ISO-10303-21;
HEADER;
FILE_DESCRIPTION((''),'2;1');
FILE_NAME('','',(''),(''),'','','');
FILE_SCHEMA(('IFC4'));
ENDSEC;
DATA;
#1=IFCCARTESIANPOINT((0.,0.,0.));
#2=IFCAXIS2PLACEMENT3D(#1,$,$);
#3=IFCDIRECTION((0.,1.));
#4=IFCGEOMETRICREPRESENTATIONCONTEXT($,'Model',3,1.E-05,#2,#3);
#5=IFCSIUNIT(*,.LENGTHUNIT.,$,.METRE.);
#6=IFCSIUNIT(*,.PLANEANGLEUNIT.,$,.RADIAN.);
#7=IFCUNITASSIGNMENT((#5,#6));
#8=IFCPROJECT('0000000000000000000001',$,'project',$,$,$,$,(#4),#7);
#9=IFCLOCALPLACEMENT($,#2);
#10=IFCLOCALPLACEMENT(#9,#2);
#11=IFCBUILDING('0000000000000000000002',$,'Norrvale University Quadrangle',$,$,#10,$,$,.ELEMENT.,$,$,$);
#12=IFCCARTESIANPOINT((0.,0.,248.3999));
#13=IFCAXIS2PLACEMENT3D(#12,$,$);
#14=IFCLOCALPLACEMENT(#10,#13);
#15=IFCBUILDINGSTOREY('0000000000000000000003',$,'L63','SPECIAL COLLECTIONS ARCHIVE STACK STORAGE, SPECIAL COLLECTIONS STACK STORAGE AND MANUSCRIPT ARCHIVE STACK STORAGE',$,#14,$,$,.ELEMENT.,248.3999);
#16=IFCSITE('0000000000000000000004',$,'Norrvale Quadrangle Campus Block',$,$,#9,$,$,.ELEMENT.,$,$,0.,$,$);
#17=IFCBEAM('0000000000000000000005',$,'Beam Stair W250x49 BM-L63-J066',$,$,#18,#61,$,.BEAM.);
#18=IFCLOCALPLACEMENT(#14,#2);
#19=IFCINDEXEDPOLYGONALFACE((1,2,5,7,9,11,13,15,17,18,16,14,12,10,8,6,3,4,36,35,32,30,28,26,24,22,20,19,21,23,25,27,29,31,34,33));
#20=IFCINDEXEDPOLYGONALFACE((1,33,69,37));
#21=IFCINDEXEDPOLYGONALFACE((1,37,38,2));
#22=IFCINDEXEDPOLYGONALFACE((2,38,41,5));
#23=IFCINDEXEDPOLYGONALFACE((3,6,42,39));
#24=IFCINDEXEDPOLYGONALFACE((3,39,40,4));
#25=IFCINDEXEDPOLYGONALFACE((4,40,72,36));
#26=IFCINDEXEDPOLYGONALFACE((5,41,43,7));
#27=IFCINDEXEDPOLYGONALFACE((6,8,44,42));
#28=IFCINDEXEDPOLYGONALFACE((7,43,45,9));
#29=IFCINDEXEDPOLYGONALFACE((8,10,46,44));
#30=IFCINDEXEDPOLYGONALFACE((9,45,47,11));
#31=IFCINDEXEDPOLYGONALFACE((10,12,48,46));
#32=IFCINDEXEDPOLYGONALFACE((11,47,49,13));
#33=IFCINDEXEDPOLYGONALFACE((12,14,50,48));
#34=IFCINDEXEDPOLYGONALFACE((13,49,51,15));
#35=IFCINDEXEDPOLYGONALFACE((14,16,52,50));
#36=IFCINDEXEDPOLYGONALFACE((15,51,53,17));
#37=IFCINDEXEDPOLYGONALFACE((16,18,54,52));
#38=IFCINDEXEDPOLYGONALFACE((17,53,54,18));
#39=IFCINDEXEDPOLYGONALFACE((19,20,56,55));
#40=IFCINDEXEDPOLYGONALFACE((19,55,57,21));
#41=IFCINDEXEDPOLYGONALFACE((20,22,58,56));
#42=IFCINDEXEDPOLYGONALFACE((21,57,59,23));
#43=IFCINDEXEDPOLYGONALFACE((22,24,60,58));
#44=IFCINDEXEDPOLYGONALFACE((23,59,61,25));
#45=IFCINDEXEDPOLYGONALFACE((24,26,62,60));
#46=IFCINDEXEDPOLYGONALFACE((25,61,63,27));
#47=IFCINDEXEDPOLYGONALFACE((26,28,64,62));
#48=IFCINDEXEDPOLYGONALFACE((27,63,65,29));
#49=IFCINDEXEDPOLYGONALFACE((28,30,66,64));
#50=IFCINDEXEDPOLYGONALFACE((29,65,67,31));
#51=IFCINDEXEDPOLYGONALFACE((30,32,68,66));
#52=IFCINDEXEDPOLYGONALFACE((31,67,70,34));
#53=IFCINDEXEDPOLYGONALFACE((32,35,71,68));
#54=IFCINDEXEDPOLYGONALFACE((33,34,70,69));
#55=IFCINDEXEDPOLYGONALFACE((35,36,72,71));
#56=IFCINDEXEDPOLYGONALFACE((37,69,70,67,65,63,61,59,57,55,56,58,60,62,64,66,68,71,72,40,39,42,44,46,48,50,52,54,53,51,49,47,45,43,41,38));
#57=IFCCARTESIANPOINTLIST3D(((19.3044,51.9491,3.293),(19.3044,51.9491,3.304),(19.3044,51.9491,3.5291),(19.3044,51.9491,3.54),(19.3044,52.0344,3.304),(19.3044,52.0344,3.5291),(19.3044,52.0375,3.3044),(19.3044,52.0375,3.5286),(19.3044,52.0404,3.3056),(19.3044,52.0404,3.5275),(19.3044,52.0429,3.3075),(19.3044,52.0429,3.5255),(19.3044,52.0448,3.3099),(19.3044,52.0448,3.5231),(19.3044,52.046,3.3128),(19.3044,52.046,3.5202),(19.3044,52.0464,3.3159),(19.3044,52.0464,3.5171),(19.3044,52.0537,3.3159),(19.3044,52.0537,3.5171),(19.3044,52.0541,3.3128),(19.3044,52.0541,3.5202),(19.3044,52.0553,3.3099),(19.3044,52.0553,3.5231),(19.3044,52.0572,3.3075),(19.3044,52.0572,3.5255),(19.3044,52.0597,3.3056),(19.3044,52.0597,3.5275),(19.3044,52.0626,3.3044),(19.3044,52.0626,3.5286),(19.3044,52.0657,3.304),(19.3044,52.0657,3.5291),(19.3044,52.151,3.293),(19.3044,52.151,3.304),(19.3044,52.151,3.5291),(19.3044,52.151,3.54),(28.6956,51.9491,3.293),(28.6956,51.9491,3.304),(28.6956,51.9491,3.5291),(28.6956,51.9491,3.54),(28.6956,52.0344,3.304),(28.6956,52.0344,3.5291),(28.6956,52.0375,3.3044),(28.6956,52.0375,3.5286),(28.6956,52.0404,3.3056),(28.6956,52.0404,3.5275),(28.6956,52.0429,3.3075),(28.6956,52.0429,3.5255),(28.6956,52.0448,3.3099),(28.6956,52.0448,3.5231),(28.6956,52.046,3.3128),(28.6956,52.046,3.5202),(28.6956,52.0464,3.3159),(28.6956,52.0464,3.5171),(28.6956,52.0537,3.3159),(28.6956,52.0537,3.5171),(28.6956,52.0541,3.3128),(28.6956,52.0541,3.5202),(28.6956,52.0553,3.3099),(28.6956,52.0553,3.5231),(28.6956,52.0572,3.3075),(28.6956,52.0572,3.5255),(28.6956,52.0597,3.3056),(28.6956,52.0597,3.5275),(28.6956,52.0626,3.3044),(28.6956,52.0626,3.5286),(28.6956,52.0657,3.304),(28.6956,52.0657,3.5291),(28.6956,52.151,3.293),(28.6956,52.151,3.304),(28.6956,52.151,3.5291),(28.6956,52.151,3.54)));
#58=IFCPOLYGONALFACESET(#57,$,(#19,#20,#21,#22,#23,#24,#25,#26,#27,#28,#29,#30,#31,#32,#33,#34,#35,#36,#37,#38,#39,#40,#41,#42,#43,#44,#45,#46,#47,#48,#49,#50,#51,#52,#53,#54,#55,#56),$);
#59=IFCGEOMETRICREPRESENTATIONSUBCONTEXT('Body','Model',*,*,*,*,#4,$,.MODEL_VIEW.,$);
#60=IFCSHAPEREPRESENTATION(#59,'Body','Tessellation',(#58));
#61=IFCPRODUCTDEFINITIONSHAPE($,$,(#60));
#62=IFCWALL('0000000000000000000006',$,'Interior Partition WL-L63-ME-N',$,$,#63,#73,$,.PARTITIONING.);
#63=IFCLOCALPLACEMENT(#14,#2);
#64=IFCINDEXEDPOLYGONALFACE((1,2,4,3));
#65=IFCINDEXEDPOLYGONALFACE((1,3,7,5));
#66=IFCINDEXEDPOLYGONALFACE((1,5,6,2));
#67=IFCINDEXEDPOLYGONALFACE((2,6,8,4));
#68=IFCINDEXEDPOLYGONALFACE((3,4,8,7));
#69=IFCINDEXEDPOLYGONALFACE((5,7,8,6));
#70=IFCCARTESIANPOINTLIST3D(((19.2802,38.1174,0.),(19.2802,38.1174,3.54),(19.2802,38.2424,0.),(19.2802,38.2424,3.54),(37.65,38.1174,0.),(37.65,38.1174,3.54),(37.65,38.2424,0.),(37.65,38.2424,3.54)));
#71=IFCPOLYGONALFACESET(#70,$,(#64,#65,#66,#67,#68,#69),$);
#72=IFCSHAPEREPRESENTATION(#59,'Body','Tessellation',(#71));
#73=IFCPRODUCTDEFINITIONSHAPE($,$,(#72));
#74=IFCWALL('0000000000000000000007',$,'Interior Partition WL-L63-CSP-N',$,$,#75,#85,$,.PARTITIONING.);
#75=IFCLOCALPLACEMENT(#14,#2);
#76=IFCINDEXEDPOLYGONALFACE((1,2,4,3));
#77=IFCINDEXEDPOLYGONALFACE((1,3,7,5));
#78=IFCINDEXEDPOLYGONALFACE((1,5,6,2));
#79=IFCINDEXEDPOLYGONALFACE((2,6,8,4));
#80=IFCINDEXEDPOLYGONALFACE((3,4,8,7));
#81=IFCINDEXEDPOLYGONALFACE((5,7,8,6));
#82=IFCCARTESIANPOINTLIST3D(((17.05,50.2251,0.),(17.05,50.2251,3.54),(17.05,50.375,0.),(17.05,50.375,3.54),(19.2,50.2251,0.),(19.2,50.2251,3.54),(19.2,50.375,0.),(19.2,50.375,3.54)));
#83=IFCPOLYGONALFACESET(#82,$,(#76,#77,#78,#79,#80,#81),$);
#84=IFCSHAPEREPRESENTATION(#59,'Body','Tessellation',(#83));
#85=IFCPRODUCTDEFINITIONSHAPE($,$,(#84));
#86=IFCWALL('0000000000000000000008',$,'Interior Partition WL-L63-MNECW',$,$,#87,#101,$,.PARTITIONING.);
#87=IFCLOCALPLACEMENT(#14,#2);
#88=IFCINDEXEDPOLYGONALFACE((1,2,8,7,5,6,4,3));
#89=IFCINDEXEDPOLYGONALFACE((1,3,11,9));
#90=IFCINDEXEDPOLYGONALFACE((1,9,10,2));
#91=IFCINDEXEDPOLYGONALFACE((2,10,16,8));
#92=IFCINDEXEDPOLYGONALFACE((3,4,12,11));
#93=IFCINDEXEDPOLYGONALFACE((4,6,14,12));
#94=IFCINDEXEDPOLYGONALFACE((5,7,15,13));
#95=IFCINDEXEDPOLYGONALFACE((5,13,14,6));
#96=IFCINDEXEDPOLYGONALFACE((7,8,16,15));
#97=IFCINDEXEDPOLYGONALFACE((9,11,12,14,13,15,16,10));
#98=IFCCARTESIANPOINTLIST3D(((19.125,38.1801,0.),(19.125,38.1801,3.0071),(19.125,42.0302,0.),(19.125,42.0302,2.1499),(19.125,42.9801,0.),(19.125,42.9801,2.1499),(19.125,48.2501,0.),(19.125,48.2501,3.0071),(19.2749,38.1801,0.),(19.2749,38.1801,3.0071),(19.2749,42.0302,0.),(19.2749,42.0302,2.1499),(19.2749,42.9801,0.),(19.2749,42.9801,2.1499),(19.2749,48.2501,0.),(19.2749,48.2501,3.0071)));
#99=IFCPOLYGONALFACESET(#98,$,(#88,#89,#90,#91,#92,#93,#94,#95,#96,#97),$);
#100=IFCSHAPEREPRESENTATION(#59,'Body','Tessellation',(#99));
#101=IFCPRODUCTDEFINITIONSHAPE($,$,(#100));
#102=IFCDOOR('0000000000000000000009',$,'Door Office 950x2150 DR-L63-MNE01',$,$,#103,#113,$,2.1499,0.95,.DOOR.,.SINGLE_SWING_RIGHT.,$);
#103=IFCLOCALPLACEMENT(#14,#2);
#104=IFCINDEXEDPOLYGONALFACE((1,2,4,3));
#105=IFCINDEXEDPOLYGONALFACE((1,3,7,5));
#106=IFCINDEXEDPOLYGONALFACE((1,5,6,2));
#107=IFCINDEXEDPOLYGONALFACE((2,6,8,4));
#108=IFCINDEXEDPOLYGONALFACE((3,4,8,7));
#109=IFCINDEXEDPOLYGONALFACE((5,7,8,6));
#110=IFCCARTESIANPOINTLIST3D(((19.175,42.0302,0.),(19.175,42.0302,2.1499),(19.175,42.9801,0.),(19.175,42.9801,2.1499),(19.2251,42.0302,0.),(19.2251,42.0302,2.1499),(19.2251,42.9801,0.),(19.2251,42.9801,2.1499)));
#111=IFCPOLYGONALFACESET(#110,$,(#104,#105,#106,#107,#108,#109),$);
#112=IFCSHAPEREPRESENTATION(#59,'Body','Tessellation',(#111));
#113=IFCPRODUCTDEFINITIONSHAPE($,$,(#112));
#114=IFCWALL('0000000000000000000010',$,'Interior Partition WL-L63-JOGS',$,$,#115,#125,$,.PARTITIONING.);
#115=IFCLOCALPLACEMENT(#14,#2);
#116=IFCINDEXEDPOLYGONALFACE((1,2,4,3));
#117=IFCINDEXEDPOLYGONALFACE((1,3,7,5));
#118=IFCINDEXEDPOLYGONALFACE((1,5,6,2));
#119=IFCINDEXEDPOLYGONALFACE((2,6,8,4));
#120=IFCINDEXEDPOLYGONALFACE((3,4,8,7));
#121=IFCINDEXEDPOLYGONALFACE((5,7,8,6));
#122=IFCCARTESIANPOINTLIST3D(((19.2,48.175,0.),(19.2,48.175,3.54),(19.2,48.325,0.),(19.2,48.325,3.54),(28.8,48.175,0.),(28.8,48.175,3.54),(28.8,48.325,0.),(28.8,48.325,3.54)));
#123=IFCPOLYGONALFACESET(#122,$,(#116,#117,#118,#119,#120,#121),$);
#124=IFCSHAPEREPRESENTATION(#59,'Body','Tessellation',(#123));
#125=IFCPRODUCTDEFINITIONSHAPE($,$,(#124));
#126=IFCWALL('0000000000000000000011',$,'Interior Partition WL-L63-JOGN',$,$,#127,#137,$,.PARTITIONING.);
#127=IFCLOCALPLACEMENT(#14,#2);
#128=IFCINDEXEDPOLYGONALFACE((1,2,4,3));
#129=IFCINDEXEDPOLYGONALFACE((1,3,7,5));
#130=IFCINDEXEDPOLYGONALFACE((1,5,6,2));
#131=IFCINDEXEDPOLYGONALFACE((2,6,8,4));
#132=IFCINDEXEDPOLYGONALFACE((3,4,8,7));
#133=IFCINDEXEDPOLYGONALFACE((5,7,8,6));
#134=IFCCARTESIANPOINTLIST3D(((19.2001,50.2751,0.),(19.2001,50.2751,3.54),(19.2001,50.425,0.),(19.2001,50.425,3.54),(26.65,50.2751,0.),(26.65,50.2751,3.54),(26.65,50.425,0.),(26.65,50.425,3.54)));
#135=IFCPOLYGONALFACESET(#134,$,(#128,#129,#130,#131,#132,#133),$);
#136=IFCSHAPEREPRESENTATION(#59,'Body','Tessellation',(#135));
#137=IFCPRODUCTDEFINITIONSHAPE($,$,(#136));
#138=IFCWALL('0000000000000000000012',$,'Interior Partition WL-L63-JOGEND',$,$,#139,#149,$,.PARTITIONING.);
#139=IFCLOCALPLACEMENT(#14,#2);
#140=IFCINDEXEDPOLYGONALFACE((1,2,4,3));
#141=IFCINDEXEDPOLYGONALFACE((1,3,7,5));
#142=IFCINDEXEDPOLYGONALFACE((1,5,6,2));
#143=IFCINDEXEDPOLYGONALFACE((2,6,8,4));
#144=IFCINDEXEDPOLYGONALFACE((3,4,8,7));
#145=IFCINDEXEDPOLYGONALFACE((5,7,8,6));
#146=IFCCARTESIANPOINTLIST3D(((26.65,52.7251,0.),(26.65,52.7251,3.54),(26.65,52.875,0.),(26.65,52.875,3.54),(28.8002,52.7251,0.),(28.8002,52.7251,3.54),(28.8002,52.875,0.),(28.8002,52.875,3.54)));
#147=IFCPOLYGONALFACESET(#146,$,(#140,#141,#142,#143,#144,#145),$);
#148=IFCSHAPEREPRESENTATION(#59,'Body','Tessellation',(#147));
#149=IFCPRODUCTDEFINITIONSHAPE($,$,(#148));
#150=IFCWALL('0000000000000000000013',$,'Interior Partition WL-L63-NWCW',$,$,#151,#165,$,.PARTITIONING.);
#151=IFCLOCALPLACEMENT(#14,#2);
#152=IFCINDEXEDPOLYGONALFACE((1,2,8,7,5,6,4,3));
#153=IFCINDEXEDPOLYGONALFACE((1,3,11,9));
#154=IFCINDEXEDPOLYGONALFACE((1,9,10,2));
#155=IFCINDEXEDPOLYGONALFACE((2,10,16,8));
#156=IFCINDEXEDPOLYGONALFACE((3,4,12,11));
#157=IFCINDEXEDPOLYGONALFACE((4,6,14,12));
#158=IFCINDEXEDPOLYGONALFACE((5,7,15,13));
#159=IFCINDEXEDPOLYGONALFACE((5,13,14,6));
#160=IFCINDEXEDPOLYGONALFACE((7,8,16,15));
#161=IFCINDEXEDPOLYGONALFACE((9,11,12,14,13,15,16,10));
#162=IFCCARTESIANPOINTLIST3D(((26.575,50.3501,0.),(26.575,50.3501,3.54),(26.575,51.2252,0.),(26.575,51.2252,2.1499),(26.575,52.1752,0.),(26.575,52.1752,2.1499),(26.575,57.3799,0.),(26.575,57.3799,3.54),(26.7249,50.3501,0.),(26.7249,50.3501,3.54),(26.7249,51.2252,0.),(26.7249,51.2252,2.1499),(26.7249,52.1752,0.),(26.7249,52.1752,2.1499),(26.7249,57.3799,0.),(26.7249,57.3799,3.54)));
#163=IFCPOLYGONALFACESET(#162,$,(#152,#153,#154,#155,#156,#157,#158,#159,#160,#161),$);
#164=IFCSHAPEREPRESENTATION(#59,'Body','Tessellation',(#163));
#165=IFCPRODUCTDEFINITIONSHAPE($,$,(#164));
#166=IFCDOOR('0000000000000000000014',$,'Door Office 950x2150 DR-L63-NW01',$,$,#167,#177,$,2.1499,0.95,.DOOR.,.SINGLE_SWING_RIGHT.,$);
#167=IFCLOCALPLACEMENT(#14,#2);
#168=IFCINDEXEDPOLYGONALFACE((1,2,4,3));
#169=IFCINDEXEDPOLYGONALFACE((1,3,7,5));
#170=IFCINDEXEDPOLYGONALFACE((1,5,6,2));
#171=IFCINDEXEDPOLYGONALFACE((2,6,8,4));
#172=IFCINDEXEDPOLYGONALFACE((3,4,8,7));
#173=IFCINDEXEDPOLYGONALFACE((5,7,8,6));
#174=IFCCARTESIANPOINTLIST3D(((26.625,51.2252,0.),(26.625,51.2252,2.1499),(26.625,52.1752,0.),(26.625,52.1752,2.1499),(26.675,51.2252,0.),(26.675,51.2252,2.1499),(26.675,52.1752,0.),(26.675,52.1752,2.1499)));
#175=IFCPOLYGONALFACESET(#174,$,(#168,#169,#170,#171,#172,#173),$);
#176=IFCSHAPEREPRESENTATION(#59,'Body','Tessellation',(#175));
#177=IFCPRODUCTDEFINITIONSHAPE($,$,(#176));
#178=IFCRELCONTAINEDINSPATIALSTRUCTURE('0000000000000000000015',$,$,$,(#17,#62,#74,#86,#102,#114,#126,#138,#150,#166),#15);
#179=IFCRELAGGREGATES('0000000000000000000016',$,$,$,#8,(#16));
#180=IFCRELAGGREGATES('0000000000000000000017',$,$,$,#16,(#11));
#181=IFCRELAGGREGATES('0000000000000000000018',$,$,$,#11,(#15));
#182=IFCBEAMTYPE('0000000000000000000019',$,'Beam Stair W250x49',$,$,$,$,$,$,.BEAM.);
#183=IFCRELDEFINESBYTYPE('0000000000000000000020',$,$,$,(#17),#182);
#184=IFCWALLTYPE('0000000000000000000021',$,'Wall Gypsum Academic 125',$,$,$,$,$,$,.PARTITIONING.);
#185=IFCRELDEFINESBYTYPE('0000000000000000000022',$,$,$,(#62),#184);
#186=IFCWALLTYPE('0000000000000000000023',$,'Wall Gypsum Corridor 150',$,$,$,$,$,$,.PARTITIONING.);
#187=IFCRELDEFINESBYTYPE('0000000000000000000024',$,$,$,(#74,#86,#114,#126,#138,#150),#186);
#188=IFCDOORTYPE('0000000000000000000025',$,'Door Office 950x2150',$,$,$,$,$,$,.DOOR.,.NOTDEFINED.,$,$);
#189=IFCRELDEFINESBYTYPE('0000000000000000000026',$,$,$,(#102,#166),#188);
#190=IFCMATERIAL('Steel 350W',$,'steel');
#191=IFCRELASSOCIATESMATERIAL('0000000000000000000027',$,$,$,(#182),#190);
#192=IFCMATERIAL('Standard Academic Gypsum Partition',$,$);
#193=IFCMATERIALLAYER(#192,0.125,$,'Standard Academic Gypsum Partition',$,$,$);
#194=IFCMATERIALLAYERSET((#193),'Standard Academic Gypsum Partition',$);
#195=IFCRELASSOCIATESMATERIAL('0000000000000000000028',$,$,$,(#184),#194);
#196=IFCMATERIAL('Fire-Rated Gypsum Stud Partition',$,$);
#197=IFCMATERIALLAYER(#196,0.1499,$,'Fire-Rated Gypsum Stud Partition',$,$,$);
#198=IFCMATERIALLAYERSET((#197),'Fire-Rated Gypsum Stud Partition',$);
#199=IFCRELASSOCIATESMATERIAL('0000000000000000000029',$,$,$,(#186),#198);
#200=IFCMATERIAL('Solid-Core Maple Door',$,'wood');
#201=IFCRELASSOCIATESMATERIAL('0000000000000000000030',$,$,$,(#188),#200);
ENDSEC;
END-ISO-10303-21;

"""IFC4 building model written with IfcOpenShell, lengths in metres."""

from ifc_helpers import new_model, si_unit, direction, frame, frame_2d, origin, origin_2d, place, context, subcontext, project, spatial, rectangle, i_section, extrude, material, layer, layer_set, material_profile, profile_set, type_object, element, fill, save


model = new_model("IFC4")

# Units and contexts
model_context = context("Model", 3, precision=1e-05, world=origin(), true_north=direction((0.0, 1.0)))
body_context = subcontext(model_context, "Body", "Model", "MODEL_VIEW")
ifc_project = project(units=[si_unit("LENGTHUNIT", "METRE"), si_unit("PLANEANGLEUNIT", "RADIAN")], contexts=[model_context])

# Site, building, storey
site_placement = place(None, origin())
site = spatial("IfcSite", under=ifc_project, at=site_placement, Name="Norrvale Quadrangle Campus Block", CompositionType="ELEMENT", RefElevation=0.0)
building_placement = place(site_placement, origin())
building = spatial("IfcBuilding", under=site, at=building_placement, Name="Norrvale University Quadrangle", CompositionType="ELEMENT")
storey_placement = place(building_placement, frame((0.0, 0.0, 248.3999)))
storey = spatial("IfcBuildingStorey", under=building, at=storey_placement, Name="L63", Description="SPECIAL COLLECTIONS ARCHIVE STACK STORAGE, SPECIAL COLLECTIONS STACK STORAGE AND MANUSCRIPT ARCHIVE STACK STORAGE", CompositionType="ELEMENT", Elevation=248.3999)

# Beam
ifc_material_1 = material(Name="Steel 350W", Category="steel")
ifc_material_profile_1 = material_profile(ifc_material_1, i_section(OverallWidth=0.2019, OverallDepth=0.2471, WebThickness=0.0073, FlangeThickness=0.011, FilletRadius=0.012, at=origin_2d()), Name="Steel 350W")
ifc_profile_set_1 = profile_set([ifc_material_profile_1], Name="Steel 350W")
beam_type_1 = type_object("IfcBeamType", Name="Beam Stair W250x49", PredefinedType="BEAM", material=ifc_profile_set_1)
for number, where, z_axis, x_axis, name in (
    (1, (19.3044, 52.05, 3.4165), (1.0, 0.0, 0.0), (0.0, 1.0, 0.0), "Beam Stair W250x49 BM-L63-J066"),
):
    element("IfcBeam", number, at=place(storey_placement, frame(where, z_axis=z_axis, x_axis=x_axis)), inside=storey, type_object=beam_type_1, Name=name, PredefinedType="BEAM", context=body_context, shape_type="SweptSolid", body=[
        extrude(i_section(OverallWidth=0.2019, OverallDepth=0.2471, WebThickness=0.0073, FlangeThickness=0.011, FilletRadius=0.012, at=origin_2d()), origin(), (0.0, 0.0, 1.0), 9.3911),
    ])

# Walls
ifc_material_2 = material(Name="Standard Academic Gypsum Partition")
ifc_layer_1 = layer(ifc_material_2, 0.125, Name="Standard Academic Gypsum Partition")
ifc_layer_set_1 = layer_set([ifc_layer_1], Name="Standard Academic Gypsum Partition")
wall_type_1 = type_object("IfcWallType", Name="Wall Gypsum Academic 125", PredefinedType="PARTITIONING", material=ifc_layer_set_1)
wall_1_placement = place(storey_placement, frame((19.28, 38.1799, 0.0), z_axis=(0.0, 0.0, 1.0), x_axis=(1.0, 0.0, 0.0)))
element("IfcWall", 2, at=wall_1_placement, inside=storey, type_object=wall_type_1, Name="Interior Partition WL-L63-ME-N", PredefinedType="PARTITIONING", context=body_context, shape_type="SweptSolid", body=[
    extrude(rectangle(XDim=18.3699, YDim=0.125, at=frame_2d((9.1851, 0.0))), origin(), (0.0, 0.0, 1.0), 3.54),
])
ifc_material_3 = material(Name="Fire-Rated Gypsum Stud Partition")
ifc_layer_2 = layer(ifc_material_3, 0.1499, Name="Fire-Rated Gypsum Stud Partition")
ifc_layer_set_2 = layer_set([ifc_layer_2], Name="Fire-Rated Gypsum Stud Partition")
wall_type_2 = type_object("IfcWallType", Name="Wall Gypsum Corridor 150", PredefinedType="PARTITIONING", material=ifc_layer_set_2)
wall_2_placement = place(storey_placement, frame((17.05, 50.3, 0.0), z_axis=(0.0, 0.0, 1.0), x_axis=(1.0, 0.0, 0.0)))
element("IfcWall", 3, at=wall_2_placement, inside=storey, type_object=wall_type_2, Name="Interior Partition WL-L63-CSP-N", PredefinedType="PARTITIONING", context=body_context, shape_type="SweptSolid", body=[
    extrude(rectangle(XDim=2.1499, YDim=0.1499, at=frame_2d((1.075, 0.0))), origin(), (0.0, 0.0, 1.0), 3.54),
])

# Wall, opening, door
wall_3_placement = place(storey_placement, frame((19.2, 38.1799, 0.0), z_axis=(0.0, 0.0, 1.0), x_axis=(0.0, 1.0, 0.0)))
wall_3 = element("IfcWall", 4, at=wall_3_placement, inside=storey, type_object=wall_type_2, Name="Interior Partition WL-L63-MNECW", PredefinedType="PARTITIONING", context=body_context, shape_type="SweptSolid", body=[
    extrude(rectangle(XDim=10.0701, YDim=0.1499, at=frame_2d((5.0352, 0.0))), origin(), (0.0, 0.0, 1.0), 3.0071),
])
opening_1_placement = place(wall_3_placement, frame((3.8501, 0.0, 0.0)))
opening_1 = element("IfcOpeningElement", 5, at=opening_1_placement, cuts=wall_3, PredefinedType="OPENING", context=body_context, shape_type="SweptSolid", body=[
    extrude(rectangle(XDim=0.95, YDim=2.1499, at=frame_2d((0.4751, 1.075))), frame((0.0, 0.0869, 0.0), z_axis=(0.0, -1.0, 0.0), x_axis=(1.0, 0.0, 0.0)), (0.0, 0.0, 1.0), 0.1738),
])
ifc_material_4 = material(Name="Solid-Core Maple Door", Category="wood")
door_type = type_object("IfcDoorType", Name="Door Office 950x2150", OperationType="NOTDEFINED", PredefinedType="DOOR", material=ifc_material_4)
door_1_placement = place(opening_1_placement, origin())
door_1 = element("IfcDoor", 6, at=door_1_placement, inside=storey, type_object=door_type, Name="Door Office 950x2150 DR-L63-MNE01", OperationType="SINGLE_SWING_RIGHT", OverallHeight=2.1499, OverallWidth=0.95, PredefinedType="DOOR", context=body_context, shape_type="SweptSolid", body=[
    extrude(rectangle(XDim=0.95, YDim=2.1499, at=frame_2d((0.4751, 1.075))), frame((0.0, 0.0249, 0.0), z_axis=(0.0, -1.0, 0.0), x_axis=(1.0, 0.0, 0.0)), (0.0, 0.0, 1.0), 0.05),
])
fill(opening_1, door_1)

# Walls
wall_4_placement = place(storey_placement, frame((19.2, 48.25, 0.0), z_axis=(0.0, 0.0, 1.0), x_axis=(1.0, 0.0, 0.0)))
element("IfcWall", 7, at=wall_4_placement, inside=storey, type_object=wall_type_2, Name="Interior Partition WL-L63-JOGS", PredefinedType="PARTITIONING", context=body_context, shape_type="SweptSolid", body=[
    extrude(rectangle(XDim=9.6001, YDim=0.1499, at=frame_2d((4.8, 0.0))), origin(), (0.0, 0.0, 1.0), 3.54),
])
wall_5_placement = place(storey_placement, frame((19.2, 50.3501, 0.0), z_axis=(0.0, 0.0, 1.0), x_axis=(1.0, 0.0, 0.0)))
element("IfcWall", 8, at=wall_5_placement, inside=storey, type_object=wall_type_2, Name="Interior Partition WL-L63-JOGN", PredefinedType="PARTITIONING", context=body_context, shape_type="SweptSolid", body=[
    extrude(rectangle(XDim=7.45, YDim=0.1499, at=frame_2d((3.7251, 0.0))), origin(), (0.0, 0.0, 1.0), 3.54),
])
wall_6_placement = place(storey_placement, frame((26.6499, 52.8, 0.0), z_axis=(0.0, 0.0, 1.0), x_axis=(1.0, 0.0, 0.0)))
element("IfcWall", 9, at=wall_6_placement, inside=storey, type_object=wall_type_2, Name="Interior Partition WL-L63-JOGEND", PredefinedType="PARTITIONING", context=body_context, shape_type="SweptSolid", body=[
    extrude(rectangle(XDim=2.1501, YDim=0.1499, at=frame_2d((1.0752, 0.0))), origin(), (0.0, 0.0, 1.0), 3.54),
])

# Wall, opening, door
wall_7_placement = place(storey_placement, frame((26.6499, 50.3501, 0.0), z_axis=(0.0, 0.0, 1.0), x_axis=(0.0, 1.0, 0.0)))
wall_7 = element("IfcWall", 10, at=wall_7_placement, inside=storey, type_object=wall_type_2, Name="Interior Partition WL-L63-NWCW", PredefinedType="PARTITIONING", context=body_context, shape_type="SweptSolid", body=[
    extrude(rectangle(XDim=7.0298, YDim=0.1499, at=frame_2d((3.5149, 0.0))), origin(), (0.0, 0.0, 1.0), 3.54),
])
opening_2_placement = place(wall_7_placement, frame((0.875, 0.0, 0.0)))
opening_2 = element("IfcOpeningElement", 11, at=opening_2_placement, cuts=wall_7, PredefinedType="OPENING", context=body_context, shape_type="SweptSolid", body=[
    extrude(rectangle(XDim=0.95, YDim=2.1499, at=frame_2d((0.4751, 1.075))), frame((0.0, 0.0869, 0.0), z_axis=(0.0, -1.0, 0.0), x_axis=(1.0, 0.0, 0.0)), (0.0, 0.0, 1.0), 0.1738),
])
door_2_placement = place(opening_2_placement, origin())
door_2 = element("IfcDoor", 12, at=door_2_placement, inside=storey, type_object=door_type, Name="Door Office 950x2150 DR-L63-NW01", OperationType="SINGLE_SWING_RIGHT", OverallHeight=2.1499, OverallWidth=0.95, PredefinedType="DOOR", context=body_context, shape_type="SweptSolid", body=[
    extrude(rectangle(XDim=0.95, YDim=2.1499, at=frame_2d((0.4751, 1.075))), frame((0.0, 0.0249, 0.0), z_axis=(0.0, -1.0, 0.0), x_axis=(1.0, 0.0, 0.0)), (0.0, 0.0, 1.0), 0.05),
])
fill(opening_2, door_2)

save(model, "model.ifc")
